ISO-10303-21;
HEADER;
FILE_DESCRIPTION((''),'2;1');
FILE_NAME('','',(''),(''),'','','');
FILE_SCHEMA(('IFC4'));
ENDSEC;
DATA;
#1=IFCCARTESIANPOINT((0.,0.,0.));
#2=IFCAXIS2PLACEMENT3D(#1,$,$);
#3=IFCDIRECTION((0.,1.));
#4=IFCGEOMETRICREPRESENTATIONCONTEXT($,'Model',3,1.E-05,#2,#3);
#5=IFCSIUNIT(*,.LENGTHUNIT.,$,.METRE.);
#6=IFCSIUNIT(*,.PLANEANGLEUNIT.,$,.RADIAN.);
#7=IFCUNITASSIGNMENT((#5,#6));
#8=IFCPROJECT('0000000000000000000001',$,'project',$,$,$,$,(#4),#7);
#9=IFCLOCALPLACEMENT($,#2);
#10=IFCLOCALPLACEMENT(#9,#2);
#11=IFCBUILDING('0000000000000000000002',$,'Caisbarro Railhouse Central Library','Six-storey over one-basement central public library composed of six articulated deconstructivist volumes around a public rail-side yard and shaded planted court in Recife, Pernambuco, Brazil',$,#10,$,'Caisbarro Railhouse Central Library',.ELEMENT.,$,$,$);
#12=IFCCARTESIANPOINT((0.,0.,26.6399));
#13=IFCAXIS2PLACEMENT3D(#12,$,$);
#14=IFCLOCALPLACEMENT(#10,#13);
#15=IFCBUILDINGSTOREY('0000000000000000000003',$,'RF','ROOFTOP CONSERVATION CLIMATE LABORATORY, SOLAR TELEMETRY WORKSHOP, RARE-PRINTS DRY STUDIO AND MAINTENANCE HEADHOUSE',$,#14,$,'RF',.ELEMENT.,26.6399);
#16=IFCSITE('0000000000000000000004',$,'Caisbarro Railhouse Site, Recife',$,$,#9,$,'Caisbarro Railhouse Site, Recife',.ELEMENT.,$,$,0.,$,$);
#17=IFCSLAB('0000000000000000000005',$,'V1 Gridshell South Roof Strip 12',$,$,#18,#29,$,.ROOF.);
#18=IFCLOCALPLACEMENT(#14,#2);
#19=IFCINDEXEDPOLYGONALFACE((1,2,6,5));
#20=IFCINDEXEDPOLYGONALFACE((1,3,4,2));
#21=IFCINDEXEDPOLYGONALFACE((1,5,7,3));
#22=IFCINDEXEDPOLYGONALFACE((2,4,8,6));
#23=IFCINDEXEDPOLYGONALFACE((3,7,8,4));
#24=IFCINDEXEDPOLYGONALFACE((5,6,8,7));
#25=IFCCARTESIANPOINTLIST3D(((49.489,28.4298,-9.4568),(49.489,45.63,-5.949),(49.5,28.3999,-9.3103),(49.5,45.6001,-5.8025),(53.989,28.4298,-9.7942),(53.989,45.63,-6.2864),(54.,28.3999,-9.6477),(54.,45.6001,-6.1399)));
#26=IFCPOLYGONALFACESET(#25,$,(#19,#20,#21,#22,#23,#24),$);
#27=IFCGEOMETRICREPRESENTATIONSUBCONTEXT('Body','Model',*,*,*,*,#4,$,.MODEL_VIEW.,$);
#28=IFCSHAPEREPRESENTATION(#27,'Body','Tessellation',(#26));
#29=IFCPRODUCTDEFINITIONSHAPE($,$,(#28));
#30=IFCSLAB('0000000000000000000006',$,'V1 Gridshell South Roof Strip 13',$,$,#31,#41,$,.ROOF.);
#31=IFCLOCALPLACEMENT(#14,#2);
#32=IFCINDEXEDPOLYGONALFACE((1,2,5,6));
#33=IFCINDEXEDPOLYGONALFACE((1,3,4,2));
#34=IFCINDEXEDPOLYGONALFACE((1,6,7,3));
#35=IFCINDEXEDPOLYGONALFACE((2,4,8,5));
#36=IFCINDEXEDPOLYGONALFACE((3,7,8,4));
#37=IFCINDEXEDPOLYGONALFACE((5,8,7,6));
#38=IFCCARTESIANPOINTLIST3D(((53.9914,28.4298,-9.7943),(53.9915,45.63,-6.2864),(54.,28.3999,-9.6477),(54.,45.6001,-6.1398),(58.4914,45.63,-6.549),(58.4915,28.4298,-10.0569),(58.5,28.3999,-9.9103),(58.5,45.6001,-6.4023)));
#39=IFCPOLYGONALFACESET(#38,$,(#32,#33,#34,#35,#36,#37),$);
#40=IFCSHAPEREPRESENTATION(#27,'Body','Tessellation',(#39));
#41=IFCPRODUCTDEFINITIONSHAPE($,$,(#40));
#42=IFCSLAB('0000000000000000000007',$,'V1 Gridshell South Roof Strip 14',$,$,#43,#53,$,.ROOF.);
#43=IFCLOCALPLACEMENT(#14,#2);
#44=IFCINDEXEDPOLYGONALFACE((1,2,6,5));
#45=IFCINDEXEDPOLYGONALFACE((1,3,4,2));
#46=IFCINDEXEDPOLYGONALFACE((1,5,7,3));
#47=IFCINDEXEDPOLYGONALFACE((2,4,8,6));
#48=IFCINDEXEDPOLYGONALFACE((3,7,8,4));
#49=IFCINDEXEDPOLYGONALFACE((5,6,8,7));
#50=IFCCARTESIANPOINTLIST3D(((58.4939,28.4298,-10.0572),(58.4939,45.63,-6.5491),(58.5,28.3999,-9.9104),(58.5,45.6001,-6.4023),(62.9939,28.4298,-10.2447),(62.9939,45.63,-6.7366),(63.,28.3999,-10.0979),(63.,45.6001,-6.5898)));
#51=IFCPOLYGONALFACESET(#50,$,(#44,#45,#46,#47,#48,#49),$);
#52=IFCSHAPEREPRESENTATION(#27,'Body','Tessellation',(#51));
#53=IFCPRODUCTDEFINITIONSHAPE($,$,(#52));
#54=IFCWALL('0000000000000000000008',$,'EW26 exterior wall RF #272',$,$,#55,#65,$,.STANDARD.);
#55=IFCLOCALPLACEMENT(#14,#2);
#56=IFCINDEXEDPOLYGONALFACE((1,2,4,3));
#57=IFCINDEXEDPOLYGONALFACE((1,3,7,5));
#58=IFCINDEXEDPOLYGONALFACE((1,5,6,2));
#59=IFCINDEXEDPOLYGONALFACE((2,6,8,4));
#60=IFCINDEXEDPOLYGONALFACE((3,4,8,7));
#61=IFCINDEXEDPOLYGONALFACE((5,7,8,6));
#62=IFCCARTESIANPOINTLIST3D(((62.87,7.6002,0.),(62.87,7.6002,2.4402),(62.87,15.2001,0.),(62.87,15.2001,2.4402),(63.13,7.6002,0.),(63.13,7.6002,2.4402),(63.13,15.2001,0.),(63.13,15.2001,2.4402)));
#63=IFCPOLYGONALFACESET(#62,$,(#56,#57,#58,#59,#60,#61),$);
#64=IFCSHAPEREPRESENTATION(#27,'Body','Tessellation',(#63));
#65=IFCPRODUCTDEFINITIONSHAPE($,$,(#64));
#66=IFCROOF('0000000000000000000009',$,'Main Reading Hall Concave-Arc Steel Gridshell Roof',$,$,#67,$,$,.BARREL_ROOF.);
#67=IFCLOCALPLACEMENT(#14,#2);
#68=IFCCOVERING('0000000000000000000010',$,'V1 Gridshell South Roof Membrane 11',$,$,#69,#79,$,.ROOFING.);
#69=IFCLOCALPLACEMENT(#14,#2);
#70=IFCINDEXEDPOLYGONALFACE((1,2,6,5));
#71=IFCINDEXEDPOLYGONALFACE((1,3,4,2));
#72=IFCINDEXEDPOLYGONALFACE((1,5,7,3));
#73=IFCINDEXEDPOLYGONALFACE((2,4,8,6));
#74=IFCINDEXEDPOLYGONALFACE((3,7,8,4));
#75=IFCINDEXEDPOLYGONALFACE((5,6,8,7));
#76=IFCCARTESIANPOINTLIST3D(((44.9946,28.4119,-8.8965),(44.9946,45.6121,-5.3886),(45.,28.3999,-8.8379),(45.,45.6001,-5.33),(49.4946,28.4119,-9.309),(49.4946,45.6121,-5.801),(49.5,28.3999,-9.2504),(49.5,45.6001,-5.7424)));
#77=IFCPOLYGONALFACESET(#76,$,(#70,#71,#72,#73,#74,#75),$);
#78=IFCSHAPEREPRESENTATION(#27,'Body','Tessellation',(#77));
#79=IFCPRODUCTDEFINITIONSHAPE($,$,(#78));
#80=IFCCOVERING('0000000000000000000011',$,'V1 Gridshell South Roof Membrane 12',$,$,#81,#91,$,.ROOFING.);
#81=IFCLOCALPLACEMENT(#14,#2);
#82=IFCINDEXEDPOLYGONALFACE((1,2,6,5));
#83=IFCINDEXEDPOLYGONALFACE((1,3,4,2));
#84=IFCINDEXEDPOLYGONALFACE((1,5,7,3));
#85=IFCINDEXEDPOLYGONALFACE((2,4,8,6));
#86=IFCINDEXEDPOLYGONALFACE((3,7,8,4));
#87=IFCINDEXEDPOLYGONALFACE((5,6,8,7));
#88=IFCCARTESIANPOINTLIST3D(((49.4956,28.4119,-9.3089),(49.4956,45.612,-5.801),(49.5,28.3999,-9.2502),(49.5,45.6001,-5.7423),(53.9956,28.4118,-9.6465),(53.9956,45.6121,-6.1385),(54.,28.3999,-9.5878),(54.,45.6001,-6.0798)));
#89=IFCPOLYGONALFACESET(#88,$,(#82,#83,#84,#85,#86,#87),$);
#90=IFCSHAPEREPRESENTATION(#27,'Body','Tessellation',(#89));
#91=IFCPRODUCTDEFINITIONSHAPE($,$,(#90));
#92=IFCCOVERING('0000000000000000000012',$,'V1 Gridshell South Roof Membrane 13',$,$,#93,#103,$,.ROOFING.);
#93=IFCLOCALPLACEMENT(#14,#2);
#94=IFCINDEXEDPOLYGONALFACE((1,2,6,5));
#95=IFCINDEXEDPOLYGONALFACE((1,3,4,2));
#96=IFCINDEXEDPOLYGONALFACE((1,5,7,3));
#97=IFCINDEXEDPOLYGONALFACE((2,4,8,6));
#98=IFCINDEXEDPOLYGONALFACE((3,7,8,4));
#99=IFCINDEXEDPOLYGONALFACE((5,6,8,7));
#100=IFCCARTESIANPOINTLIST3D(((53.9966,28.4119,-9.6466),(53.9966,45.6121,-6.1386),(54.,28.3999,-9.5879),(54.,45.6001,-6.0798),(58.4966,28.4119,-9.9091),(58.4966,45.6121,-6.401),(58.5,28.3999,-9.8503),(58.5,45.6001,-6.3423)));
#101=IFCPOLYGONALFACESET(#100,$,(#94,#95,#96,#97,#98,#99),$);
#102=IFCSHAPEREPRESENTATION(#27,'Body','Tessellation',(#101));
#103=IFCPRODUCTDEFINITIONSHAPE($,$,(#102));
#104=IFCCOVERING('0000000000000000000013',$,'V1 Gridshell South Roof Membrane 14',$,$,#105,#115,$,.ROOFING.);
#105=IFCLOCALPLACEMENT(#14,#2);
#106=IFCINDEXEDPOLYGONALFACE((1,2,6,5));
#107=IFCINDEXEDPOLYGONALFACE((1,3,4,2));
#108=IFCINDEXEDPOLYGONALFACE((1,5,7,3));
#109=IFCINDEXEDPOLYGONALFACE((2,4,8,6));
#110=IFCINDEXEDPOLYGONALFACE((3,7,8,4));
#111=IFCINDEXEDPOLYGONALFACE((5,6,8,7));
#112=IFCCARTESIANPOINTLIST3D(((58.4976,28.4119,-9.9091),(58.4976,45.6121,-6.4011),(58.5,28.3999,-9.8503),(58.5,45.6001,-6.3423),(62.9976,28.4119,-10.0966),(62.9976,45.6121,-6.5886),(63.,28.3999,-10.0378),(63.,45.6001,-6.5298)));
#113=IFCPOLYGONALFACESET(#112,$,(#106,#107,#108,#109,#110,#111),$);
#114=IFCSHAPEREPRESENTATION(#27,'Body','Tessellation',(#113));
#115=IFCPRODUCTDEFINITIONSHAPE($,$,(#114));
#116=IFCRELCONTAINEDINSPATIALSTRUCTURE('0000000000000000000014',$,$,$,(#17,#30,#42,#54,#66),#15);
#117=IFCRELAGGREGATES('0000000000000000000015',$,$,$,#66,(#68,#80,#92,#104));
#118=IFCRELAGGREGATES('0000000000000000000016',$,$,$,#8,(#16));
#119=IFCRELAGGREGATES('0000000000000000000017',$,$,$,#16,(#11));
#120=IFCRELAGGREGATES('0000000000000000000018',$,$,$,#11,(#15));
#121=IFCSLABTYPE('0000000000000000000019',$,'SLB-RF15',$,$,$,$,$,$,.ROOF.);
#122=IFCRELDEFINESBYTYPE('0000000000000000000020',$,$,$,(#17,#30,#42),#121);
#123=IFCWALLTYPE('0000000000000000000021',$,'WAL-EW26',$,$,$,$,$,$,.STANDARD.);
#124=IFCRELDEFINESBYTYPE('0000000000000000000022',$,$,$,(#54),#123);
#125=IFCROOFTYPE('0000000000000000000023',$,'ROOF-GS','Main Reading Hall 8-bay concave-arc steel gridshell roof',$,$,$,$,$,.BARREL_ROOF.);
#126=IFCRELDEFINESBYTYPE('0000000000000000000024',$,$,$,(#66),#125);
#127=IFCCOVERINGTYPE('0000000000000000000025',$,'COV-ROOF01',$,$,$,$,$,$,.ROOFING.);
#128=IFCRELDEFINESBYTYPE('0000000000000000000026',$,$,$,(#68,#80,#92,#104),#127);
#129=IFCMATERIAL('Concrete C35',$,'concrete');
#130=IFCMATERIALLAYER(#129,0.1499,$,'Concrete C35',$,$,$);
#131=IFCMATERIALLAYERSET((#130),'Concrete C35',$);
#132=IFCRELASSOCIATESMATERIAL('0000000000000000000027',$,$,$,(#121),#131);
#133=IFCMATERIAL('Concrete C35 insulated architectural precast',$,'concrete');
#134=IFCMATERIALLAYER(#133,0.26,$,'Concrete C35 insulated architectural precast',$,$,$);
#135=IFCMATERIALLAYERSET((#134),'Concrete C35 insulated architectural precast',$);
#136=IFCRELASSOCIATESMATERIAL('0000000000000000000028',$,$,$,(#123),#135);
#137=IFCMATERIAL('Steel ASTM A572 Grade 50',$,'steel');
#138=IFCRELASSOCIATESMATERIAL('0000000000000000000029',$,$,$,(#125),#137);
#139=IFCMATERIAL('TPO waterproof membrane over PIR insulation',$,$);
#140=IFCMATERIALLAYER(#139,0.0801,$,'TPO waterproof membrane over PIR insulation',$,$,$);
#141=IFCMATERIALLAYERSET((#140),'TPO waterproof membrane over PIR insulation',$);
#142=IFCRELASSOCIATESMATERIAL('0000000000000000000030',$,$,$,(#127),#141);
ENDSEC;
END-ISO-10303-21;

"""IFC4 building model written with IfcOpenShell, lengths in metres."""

from ifc_helpers import new_model, si_unit, direction, frame, frame_2d, origin, place, context, subcontext, project, spatial, polyline, rectangle, outline, extrude, material, layer, layer_set, type_object, element, aggregate, save


model = new_model("IFC4")

# Units and contexts
model_context = context("Model", 3, precision=1e-05, world=origin(), true_north=direction((0.0, 1.0)))
body_context = subcontext(model_context, "Body", "Model", "MODEL_VIEW")
ifc_project = project(units=[si_unit("LENGTHUNIT", "METRE"), si_unit("PLANEANGLEUNIT", "RADIAN")], contexts=[model_context])

# Site, building, storey
site_placement = place(None, origin())
site = spatial("IfcSite", under=ifc_project, at=site_placement, Name="Caisbarro Railhouse Site, Recife", LongName="Caisbarro Railhouse Site, Recife", CompositionType="ELEMENT", RefElevation=0.0)
building_placement = place(site_placement, origin())
building = spatial("IfcBuilding", under=site, at=building_placement, Name="Caisbarro Railhouse Central Library", Description="Six-storey over one-basement central public library composed of six articulated deconstructivist volumes around a public rail-side yard and shaded planted court in Recife, Pernambuco, Brazil", LongName="Caisbarro Railhouse Central Library", CompositionType="ELEMENT")
storey_placement = place(building_placement, frame((0.0, 0.0, 26.6399)))
storey = spatial("IfcBuildingStorey", under=building, at=storey_placement, Name="RF", Description="ROOFTOP CONSERVATION CLIMATE LABORATORY, SOLAR TELEMETRY WORKSHOP, RARE-PRINTS DRY STUDIO AND MAINTENANCE HEADHOUSE", LongName="RF", CompositionType="ELEMENT", Elevation=26.6399)

# Shared definitions
ifc_material_1 = material(Name="Steel ASTM A572 Grade 50", Category="steel")

# Slabs
ifc_material_2 = material(Name="Concrete C35", Category="concrete")
ifc_layer_1 = layer(ifc_material_2, 0.1499, Name="Concrete C35")
ifc_layer_set_1 = layer_set([ifc_layer_1], Name="Concrete C35")
slab_type = type_object("IfcSlabType", Name="SLB-RF15", PredefinedType="ROOF", material=ifc_layer_set_1)
slab_1_placement = place(storey_placement, frame((49.5, 28.3999, -9.3103), z_axis=(0.073269, -0.19929, 0.977198), x_axis=(0.997201, 0.0, -0.074768)))
element("IfcSlab", 1, at=slab_1_placement, inside=storey, type_object=slab_type, Name="V1 Gridshell South Roof Strip 12", PredefinedType="ROOF", context=body_context, shape_type="SweptSolid", body=[
    extrude(outline(polyline([(0.0, 0.0), (4.5126, 0.0), (4.2504, 17.5523), (-0.2623, 17.5523), (0.0, 0.0)])), origin(), (0.0, 0.0, -1.0), 0.1499),
])
slab_2_placement = place(storey_placement, frame((54.0, 28.3999, -9.6477), z_axis=(0.057079, -0.199508, 0.978232), x_axis=(0.998302, -0.000005, -0.058252)))
element("IfcSlab", 2, at=slab_2_placement, inside=storey, type_object=slab_type, Name="V1 Gridshell South Roof Strip 13", PredefinedType="ROOF", context=body_context, shape_type="SweptSolid", body=[
    extrude(outline(polyline([(0.0, 0.0), (4.5077, 0.0), (4.3032, 17.5531), (-0.2044, 17.5531), (0.0, 0.0)])), origin(), (0.0, 0.0, -1.0), 0.1499),
])
slab_3_placement = place(storey_placement, frame((58.5, 28.3999, -9.9104), z_axis=(0.040792, -0.199674, 0.979013), x_axis=(0.999133, 0.0, -0.041631)))
element("IfcSlab", 3, at=slab_3_placement, inside=storey, type_object=slab_type, Name="V1 Gridshell South Roof Strip 14", PredefinedType="ROOF", context=body_context, shape_type="SweptSolid", body=[
    extrude(outline(polyline([(0.0, 0.0), (4.5039, 0.0), (4.3579, 17.5537), (-0.146, 17.5537), (0.0, 0.0)])), origin(), (0.0, 0.0, -1.0), 0.1499),
])

# Wall
ifc_material_3 = material(Name="Concrete C35 insulated architectural precast", Category="concrete")
ifc_layer_2 = layer(ifc_material_3, 0.26, Name="Concrete C35 insulated architectural precast")
ifc_layer_set_2 = layer_set([ifc_layer_2], Name="Concrete C35 insulated architectural precast")
wall_type = type_object("IfcWallType", Name="WAL-EW26", PredefinedType="STANDARD", material=ifc_layer_set_2)
wall_placement = place(storey_placement, frame((63.0, 15.2, 0.0), z_axis=(0.0, 0.0, 1.0), x_axis=(0.0, -1.0, 0.0)))
element("IfcWall", 4, at=wall_placement, inside=storey, type_object=wall_type, Name="EW26 exterior wall RF #272", PredefinedType="STANDARD", context=body_context, shape_type="SweptSolid", body=[
    extrude(rectangle(XDim=7.5999, YDim=0.26, at=frame_2d((3.7998, 0.0))), origin(), (0.0, 0.0, 1.0), 2.4402),
])

# Roof, coverings
roof_type = type_object("IfcRoofType", Name="ROOF-GS", Description="Main Reading Hall 8-bay concave-arc steel gridshell roof", PredefinedType="BARREL_ROOF", material=ifc_material_1)
roof_placement = place(storey_placement, origin())
roof = element("IfcRoof", 5, at=roof_placement, inside=storey, type_object=roof_type, Name="Main Reading Hall Concave-Arc Steel Gridshell Roof", PredefinedType="BARREL_ROOF")
ifc_material_4 = material(Name="TPO waterproof membrane over PIR insulation")
ifc_layer_3 = layer(ifc_material_4, 0.0801, Name="TPO waterproof membrane over PIR insulation")
ifc_layer_set_3 = layer_set([ifc_layer_3], Name="TPO waterproof membrane over PIR insulation")
covering_type = type_object("IfcCoveringType", Name="COV-ROOF01", PredefinedType="ROOFING", material=ifc_layer_set_3)
covering_1_placement = place(storey_placement, frame((45.0, 28.3999, -8.8379), z_axis=(0.089452, -0.199033, 0.975902), x_axis=(0.995825, 0.000005, -0.091278)))
covering_1 = element("IfcCovering", 6, at=covering_1_placement, type_object=covering_type, Name="V1 Gridshell South Roof Membrane 11", PredefinedType="ROOFING", context=body_context, shape_type="SweptSolid", body=[
    extrude(outline(polyline([(0.0, 0.0), (4.5189, 0.0), (4.1988, 17.5513), (-0.3201, 17.5514), (0.0, 0.0)])), origin(), (0.0, 0.0, -1.0), 0.0601),
])
covering_2_placement = place(storey_placement, frame((49.5, 28.3999, -9.2502), z_axis=(0.073295, -0.199296, 0.977194), x_axis=(0.997199, -0.000005, -0.074796)))
covering_2 = element("IfcCovering", 7, at=covering_2_placement, type_object=covering_type, Name="V1 Gridshell South Roof Membrane 12", PredefinedType="ROOFING", context=body_context, shape_type="SweptSolid", body=[
    extrude(outline(polyline([(0.0, 0.0), (4.5126, 0.0), (4.2502, 17.5523), (-0.2625, 17.5523), (0.0, 0.0)])), origin(), (0.0, 0.0, -1.0), 0.0601),
])
covering_3_placement = place(storey_placement, frame((54.0, 28.3999, -9.5879), z_axis=(0.057053, -0.199515, 0.978232), x_axis=(0.998304, 0.0, -0.058224)))
covering_3 = element("IfcCovering", 8, at=covering_3_placement, type_object=covering_type, Name="V1 Gridshell South Roof Membrane 13", PredefinedType="ROOFING", context=body_context, shape_type="SweptSolid", body=[
    extrude(outline(polyline([(0.0, 0.0), (4.5076, 0.0), (4.3034, 17.5531), (-0.2043, 17.5531), (0.0, 0.0)])), origin(), (0.0, 0.0, -1.0), 0.0601),
])
covering_4_placement = place(storey_placement, frame((58.5, 28.3999, -9.8503), z_axis=(0.040792, -0.199674, 0.979013), x_axis=(0.999133, 0.0, -0.041631)))
covering_4 = element("IfcCovering", 9, at=covering_4_placement, type_object=covering_type, Name="V1 Gridshell South Roof Membrane 14", PredefinedType="ROOFING", context=body_context, shape_type="SweptSolid", body=[
    extrude(outline(polyline([(0.0, 0.0), (4.5039, 0.0), (4.3579, 17.5537), (-0.146, 17.5537), (0.0, 0.0)])), origin(), (0.0, 0.0, -1.0), 0.0601),
])
aggregate(roof, [covering_1, covering_2, covering_3, covering_4])

save(model, "model.ifc")
